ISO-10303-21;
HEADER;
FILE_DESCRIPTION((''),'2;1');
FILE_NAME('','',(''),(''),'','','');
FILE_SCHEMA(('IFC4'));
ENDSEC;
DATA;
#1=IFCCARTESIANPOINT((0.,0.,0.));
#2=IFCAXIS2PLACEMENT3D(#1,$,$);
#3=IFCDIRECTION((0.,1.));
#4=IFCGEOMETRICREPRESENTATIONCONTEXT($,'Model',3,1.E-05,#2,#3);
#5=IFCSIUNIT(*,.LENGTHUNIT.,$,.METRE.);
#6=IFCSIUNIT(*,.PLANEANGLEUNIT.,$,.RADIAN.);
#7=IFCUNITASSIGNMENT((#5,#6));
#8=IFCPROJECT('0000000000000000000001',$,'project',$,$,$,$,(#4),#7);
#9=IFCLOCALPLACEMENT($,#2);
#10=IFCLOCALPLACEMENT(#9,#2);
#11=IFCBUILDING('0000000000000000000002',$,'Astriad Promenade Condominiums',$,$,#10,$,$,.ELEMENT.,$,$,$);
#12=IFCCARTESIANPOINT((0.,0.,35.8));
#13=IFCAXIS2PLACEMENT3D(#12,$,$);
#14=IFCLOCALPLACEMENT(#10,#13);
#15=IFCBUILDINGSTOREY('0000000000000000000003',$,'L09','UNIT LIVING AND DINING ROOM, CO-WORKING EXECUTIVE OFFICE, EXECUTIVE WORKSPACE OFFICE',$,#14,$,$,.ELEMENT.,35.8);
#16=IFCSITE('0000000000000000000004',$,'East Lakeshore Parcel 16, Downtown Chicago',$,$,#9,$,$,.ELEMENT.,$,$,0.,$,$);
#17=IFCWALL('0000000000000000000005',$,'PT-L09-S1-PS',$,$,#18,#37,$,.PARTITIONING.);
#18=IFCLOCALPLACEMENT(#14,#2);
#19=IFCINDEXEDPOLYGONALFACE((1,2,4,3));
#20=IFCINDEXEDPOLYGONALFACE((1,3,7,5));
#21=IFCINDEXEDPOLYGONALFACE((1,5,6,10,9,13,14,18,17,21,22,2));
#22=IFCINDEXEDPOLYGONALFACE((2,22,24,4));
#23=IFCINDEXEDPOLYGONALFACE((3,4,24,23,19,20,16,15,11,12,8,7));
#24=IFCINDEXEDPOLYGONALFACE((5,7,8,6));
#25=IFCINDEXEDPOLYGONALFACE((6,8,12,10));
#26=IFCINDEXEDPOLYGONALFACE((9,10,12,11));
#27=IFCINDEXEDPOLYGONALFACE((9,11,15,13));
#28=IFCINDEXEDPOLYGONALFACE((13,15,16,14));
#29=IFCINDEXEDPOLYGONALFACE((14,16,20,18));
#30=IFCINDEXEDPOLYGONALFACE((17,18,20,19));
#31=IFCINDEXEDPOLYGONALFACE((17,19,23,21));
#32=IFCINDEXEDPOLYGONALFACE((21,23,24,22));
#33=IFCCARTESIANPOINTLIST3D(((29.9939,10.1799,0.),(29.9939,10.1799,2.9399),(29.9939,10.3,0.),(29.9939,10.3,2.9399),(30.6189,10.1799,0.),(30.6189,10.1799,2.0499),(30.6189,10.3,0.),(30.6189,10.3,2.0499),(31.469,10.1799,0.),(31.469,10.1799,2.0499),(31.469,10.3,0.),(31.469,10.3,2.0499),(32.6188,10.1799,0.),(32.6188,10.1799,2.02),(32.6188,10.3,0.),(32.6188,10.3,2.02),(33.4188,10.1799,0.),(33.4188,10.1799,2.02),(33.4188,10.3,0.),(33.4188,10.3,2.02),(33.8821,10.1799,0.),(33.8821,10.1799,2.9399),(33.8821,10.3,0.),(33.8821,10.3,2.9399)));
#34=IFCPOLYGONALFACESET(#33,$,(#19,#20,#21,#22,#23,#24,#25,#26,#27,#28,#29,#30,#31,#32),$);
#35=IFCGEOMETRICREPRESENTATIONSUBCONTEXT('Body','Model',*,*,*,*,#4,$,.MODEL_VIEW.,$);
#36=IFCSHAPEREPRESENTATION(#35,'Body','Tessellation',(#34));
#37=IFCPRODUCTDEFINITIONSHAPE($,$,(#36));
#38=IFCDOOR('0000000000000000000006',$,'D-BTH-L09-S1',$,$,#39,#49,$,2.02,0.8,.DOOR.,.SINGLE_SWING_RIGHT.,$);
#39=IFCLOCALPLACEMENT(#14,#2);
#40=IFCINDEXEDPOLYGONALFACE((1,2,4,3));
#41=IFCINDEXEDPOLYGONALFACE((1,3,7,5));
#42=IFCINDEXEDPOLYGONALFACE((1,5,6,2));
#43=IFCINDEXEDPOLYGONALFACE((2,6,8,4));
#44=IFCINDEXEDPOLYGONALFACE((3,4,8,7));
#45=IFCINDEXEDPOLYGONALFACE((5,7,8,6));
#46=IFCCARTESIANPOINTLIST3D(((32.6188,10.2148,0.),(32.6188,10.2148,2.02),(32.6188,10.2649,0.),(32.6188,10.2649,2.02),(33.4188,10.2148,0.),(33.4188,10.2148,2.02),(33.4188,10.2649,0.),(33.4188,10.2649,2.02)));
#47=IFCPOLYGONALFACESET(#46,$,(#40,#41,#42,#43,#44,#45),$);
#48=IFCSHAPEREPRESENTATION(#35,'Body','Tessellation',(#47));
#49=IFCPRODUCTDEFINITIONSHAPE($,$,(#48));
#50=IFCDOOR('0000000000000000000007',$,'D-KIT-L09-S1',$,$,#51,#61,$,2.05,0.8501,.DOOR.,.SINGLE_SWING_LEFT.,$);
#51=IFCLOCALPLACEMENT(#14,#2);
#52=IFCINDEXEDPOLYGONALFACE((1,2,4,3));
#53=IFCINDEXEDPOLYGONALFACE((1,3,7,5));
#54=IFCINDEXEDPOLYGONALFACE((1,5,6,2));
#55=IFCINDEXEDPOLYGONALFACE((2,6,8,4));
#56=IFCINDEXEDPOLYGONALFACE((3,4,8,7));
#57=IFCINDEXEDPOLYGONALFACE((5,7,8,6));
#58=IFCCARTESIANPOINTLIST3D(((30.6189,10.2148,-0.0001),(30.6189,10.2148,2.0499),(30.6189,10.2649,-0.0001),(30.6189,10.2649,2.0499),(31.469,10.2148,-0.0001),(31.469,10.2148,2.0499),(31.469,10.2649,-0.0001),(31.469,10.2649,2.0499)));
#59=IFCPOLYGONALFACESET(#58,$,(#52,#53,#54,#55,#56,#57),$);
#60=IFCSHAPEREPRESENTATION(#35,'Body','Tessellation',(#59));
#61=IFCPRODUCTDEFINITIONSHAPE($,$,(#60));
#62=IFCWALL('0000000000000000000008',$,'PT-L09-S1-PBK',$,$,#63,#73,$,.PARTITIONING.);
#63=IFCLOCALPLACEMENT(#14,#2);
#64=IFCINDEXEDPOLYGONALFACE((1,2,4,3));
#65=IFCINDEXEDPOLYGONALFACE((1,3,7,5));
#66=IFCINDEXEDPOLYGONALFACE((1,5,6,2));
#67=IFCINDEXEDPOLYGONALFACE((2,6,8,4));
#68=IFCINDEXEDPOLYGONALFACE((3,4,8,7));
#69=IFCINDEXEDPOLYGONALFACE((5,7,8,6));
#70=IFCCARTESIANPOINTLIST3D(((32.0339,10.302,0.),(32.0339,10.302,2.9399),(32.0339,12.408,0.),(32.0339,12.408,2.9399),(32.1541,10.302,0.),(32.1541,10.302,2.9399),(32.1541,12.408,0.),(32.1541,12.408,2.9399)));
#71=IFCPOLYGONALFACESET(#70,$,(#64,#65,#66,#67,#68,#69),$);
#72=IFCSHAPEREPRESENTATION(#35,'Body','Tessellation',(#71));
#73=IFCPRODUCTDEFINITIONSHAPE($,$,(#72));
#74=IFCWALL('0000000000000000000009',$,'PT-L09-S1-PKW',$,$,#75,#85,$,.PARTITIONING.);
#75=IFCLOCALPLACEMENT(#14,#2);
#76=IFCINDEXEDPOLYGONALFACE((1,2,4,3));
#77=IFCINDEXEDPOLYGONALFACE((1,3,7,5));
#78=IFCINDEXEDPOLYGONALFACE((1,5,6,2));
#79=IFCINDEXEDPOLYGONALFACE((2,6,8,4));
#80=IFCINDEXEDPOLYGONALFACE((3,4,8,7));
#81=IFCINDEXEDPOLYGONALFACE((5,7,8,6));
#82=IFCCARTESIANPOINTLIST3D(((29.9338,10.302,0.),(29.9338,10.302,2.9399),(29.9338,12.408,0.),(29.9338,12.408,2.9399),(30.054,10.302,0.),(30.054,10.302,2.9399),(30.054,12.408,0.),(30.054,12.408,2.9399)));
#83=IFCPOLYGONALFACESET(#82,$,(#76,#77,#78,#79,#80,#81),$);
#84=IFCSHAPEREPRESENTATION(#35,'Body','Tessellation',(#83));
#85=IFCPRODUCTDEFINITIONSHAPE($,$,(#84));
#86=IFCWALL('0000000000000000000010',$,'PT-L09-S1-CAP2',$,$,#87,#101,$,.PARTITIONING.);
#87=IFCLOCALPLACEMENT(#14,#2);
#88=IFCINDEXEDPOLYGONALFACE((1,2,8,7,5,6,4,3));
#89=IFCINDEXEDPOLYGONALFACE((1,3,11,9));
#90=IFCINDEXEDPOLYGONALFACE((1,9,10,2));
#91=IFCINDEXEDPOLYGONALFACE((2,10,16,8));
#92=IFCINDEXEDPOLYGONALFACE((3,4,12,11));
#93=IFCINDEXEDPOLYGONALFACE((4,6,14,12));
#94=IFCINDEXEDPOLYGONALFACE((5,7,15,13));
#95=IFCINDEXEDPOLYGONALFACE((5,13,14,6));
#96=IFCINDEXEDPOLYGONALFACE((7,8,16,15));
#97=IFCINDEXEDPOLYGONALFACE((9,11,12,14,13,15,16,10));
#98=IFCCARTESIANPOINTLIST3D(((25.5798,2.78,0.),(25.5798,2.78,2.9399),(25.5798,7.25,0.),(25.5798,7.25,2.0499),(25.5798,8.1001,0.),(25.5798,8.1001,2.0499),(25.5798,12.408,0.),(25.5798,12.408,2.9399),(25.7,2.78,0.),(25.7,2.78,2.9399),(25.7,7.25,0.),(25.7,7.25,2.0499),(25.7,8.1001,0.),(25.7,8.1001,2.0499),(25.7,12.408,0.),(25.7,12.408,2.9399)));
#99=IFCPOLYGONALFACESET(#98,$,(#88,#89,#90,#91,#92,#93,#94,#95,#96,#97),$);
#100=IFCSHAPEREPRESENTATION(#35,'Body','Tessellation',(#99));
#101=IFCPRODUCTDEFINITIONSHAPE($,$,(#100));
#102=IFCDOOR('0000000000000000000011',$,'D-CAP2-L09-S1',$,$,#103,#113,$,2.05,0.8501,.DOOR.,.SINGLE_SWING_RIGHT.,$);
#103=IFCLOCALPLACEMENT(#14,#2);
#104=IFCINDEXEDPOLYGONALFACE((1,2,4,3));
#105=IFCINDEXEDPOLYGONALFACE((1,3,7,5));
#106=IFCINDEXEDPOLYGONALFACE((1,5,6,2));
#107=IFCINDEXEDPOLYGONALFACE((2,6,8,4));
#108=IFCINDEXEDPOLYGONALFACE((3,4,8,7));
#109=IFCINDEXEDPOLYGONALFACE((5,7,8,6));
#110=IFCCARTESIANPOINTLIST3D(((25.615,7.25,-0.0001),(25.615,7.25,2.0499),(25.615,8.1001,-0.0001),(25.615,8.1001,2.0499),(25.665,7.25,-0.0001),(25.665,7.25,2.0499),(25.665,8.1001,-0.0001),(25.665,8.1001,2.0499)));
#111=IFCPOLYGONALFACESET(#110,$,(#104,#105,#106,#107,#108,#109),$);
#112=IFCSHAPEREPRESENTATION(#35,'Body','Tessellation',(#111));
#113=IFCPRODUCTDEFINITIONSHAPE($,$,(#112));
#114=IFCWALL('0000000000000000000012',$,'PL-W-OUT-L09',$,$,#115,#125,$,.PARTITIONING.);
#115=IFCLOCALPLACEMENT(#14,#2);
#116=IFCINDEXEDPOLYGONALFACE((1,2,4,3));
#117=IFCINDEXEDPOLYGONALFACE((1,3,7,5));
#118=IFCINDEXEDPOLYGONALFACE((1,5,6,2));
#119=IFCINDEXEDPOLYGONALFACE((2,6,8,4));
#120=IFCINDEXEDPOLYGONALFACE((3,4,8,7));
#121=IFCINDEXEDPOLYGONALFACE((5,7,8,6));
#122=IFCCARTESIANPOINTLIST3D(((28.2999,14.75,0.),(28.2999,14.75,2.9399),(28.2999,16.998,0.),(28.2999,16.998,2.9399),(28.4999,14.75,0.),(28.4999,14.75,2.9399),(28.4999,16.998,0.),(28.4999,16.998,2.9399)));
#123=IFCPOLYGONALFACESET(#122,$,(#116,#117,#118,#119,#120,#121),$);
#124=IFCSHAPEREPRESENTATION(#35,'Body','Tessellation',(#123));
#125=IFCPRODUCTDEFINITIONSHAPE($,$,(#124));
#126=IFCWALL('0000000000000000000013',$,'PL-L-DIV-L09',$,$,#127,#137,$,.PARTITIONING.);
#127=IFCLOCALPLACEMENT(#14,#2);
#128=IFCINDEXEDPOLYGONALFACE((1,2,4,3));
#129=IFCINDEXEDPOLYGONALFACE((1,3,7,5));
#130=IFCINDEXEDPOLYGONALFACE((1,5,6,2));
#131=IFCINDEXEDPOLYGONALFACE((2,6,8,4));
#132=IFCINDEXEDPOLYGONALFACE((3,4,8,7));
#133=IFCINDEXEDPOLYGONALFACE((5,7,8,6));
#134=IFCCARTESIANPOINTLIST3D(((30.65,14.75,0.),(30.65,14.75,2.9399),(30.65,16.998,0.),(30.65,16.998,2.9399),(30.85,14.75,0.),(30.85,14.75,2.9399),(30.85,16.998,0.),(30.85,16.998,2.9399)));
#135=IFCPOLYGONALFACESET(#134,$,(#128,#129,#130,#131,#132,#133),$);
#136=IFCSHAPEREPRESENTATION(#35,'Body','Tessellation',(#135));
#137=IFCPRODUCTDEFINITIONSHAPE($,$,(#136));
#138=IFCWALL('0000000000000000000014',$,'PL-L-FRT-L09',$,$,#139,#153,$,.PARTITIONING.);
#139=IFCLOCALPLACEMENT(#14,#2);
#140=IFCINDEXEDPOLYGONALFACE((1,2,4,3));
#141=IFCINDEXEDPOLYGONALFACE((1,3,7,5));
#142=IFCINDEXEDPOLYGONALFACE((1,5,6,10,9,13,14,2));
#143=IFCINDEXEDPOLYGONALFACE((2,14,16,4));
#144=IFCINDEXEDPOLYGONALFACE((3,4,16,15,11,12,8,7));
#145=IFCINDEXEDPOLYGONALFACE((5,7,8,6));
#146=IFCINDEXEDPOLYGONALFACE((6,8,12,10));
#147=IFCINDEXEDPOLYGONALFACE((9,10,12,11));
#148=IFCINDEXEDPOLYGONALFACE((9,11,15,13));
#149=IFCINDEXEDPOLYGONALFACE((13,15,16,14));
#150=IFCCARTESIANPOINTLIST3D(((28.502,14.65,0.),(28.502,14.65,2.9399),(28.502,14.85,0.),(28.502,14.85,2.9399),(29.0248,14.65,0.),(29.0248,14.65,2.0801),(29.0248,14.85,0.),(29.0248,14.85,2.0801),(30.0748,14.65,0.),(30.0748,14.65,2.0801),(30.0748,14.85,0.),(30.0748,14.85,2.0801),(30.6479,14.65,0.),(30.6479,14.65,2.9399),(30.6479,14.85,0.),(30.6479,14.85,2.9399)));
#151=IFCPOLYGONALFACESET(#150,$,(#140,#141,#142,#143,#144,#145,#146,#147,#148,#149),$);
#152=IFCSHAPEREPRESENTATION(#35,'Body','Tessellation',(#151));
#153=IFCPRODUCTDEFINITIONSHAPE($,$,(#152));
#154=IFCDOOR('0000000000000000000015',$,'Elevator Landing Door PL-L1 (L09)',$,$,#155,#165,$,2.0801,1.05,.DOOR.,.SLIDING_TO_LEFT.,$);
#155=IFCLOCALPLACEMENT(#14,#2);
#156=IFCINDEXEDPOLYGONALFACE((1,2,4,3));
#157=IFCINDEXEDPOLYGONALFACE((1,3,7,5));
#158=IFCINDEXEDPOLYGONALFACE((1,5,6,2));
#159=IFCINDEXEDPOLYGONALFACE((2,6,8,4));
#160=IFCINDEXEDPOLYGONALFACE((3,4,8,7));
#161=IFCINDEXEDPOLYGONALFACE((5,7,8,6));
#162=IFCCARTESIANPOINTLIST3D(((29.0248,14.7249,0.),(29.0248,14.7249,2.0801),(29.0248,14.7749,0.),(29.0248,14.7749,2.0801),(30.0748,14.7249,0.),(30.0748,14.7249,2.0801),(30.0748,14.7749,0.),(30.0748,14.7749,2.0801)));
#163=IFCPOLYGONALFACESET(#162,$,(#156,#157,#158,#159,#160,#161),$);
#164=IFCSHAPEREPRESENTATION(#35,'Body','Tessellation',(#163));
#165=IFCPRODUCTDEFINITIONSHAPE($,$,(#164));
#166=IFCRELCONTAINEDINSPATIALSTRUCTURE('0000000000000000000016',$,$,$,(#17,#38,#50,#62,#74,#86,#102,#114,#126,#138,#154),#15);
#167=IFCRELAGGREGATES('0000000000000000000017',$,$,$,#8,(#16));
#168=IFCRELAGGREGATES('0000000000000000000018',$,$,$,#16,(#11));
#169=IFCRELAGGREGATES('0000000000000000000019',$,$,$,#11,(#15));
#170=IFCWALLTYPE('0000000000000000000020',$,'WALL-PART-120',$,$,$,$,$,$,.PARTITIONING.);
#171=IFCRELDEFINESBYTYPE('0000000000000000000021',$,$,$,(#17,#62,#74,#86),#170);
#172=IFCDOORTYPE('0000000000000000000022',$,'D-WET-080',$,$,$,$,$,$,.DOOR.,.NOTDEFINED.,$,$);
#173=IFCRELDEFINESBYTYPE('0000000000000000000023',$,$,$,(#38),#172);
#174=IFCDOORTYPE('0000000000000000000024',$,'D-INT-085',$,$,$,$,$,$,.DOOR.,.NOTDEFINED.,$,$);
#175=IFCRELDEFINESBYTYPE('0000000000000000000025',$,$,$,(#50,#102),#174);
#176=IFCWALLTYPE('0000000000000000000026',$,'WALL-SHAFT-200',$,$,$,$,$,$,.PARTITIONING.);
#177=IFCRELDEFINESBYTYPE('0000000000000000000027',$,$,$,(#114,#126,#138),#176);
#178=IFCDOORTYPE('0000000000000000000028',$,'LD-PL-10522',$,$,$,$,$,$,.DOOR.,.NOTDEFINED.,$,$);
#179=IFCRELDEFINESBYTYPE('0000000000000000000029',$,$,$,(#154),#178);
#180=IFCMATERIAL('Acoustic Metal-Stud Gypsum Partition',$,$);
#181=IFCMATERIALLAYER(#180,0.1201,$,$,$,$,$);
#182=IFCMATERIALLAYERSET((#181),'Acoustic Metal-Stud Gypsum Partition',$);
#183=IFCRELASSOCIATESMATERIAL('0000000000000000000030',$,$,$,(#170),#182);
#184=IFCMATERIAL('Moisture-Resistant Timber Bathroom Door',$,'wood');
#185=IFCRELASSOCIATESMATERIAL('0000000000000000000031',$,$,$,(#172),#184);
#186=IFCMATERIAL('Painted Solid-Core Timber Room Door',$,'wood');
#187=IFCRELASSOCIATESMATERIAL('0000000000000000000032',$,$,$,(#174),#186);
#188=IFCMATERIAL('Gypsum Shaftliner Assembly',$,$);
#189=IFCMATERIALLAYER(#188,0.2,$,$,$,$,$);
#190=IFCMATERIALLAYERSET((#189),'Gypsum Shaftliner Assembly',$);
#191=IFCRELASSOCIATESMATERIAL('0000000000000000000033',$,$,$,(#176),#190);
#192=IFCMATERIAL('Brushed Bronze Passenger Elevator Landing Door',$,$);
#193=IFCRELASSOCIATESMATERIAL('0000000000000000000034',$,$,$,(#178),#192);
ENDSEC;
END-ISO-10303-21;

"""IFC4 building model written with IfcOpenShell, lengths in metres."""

from ifc_helpers import new_model, si_unit, direction, frame, frame_2d, origin, place, context, subcontext, project, spatial, rectangle, extrude, source, transform, mapped, material, layer, layer_set, type_object, type_shapes, element, fill, save


model = new_model("IFC4")

# Units and contexts
model_context = context("Model", 3, precision=1e-05, world=origin(), true_north=direction((0.0, 1.0)))
body_context = subcontext(model_context, "Body", "Model", "MODEL_VIEW")
ifc_project = project(units=[si_unit("LENGTHUNIT", "METRE"), si_unit("PLANEANGLEUNIT", "RADIAN")], contexts=[model_context])

# Site, building, storey
site_placement = place(None, origin())
site = spatial("IfcSite", under=ifc_project, at=site_placement, Name="East Lakeshore Parcel 16, Downtown Chicago", CompositionType="ELEMENT", RefElevation=0.0)
building_placement = place(site_placement, origin())
building = spatial("IfcBuilding", under=site, at=building_placement, Name="Astriad Promenade Condominiums", CompositionType="ELEMENT")
storey_placement = place(building_placement, frame((0.0, 0.0, 35.8)))
storey = spatial("IfcBuildingStorey", under=building, at=storey_placement, Name="L09", Description="UNIT LIVING AND DINING ROOM, CO-WORKING EXECUTIVE OFFICE, EXECUTIVE WORKSPACE OFFICE", CompositionType="ELEMENT", Elevation=35.8)

# Wall, openings, doors
ifc_material_1 = material(Name="Acoustic Metal-Stud Gypsum Partition")
ifc_layer_1 = layer(ifc_material_1, 0.1201)
ifc_layer_set_1 = layer_set([ifc_layer_1], Name="Acoustic Metal-Stud Gypsum Partition")
wall_type_1 = type_object("IfcWallType", Name="WALL-PART-120", PredefinedType="PARTITIONING", material=ifc_layer_set_1)
wall_1_placement = place(storey_placement, frame((29.9939, 10.24, 0.0), z_axis=(0.0, 0.0, 1.0), x_axis=(1.0, 0.0, 0.0)))
wall_1 = element("IfcWall", 1, at=wall_1_placement, inside=storey, type_object=wall_type_1, Name="PT-L09-S1-PS", PredefinedType="PARTITIONING", context=body_context, shape_type="SweptSolid", body=[
    extrude(rectangle(XDim=3.8882, YDim=0.1201, at=frame_2d((1.9441, 0.0))), origin(), (0.0, 0.0, 1.0), 2.9399),
])
opening_1_placement = place(wall_1_placement, frame((0.625, 0.0, 0.0)))
opening_1 = element("IfcOpeningElement", 2, at=opening_1_placement, cuts=wall_1, PredefinedType="OPENING", context=body_context, shape_type="SweptSolid", body=[
    extrude(rectangle(XDim=0.8501, YDim=2.05, at=frame_2d((0.425, 1.0249))), frame((0.0, 0.0701, 0.0), z_axis=(0.0, -1.0, 0.0), x_axis=(1.0, 0.0, 0.0)), (0.0, 0.0, 1.0), 0.1401),
])
opening_2_placement = place(wall_1_placement, frame((2.625, 0.0, 0.0)))
opening_2 = element("IfcOpeningElement", 3, at=opening_2_placement, cuts=wall_1, PredefinedType="OPENING", context=body_context, shape_type="SweptSolid", body=[
    extrude(rectangle(XDim=0.8, YDim=2.02, at=frame_2d((0.3999, 1.01))), frame((0.0, 0.0701, 0.0), z_axis=(0.0, -1.0, 0.0), x_axis=(1.0, 0.0, 0.0)), (0.0, 0.0, 1.0), 0.1401),
])
ifc_material_2 = material(Name="Moisture-Resistant Timber Bathroom Door", Category="wood")
door_type_1 = type_object("IfcDoorType", Name="D-WET-080", OperationType="NOTDEFINED", PredefinedType="DOOR", material=ifc_material_2)
shared_shape_1 = source(origin(), body_context, "Body", "SweptSolid", [
    extrude(rectangle(XDim=0.8, YDim=2.02, at=frame_2d((0.3999, 1.01))), frame((0.0, 0.0249, 0.0), z_axis=(0.0, -1.0, 0.0), x_axis=(1.0, 0.0, 0.0)), (0.0, 0.0, 1.0), 0.05),
])
type_shapes(door_type_1, [shared_shape_1])
door_1_placement = place(opening_2_placement, origin())
door_1 = element("IfcDoor", 4, at=door_1_placement, inside=storey, type_object=door_type_1, Name="D-BTH-L09-S1", OperationType="SINGLE_SWING_RIGHT", OverallHeight=2.02, OverallWidth=0.8, PredefinedType="DOOR", context=body_context, shape_type="MappedRepresentation", body=[
    mapped(shared_shape_1, transform((0.0, 0.0, 0.0), scale=1.0)),
])
fill(opening_2, door_1)
ifc_material_3 = material(Name="Painted Solid-Core Timber Room Door", Category="wood")
door_type_2 = type_object("IfcDoorType", Name="D-INT-085", OperationType="NOTDEFINED", PredefinedType="DOOR", material=ifc_material_3)
shared_shape_2 = source(origin(), body_context, "Body", "SweptSolid", [
    extrude(rectangle(XDim=0.8501, YDim=2.05, at=frame_2d((0.425, 1.0249))), frame((0.0, 0.0249, 0.0), z_axis=(0.0, -1.0, 0.0), x_axis=(1.0, 0.0, 0.0)), (0.0, 0.0, 1.0), 0.05),
])
type_shapes(door_type_2, [shared_shape_2])
door_2_placement = place(opening_1_placement, origin())
door_2 = element("IfcDoor", 5, at=door_2_placement, inside=storey, type_object=door_type_2, Name="D-KIT-L09-S1", OperationType="SINGLE_SWING_LEFT", OverallHeight=2.05, OverallWidth=0.8501, PredefinedType="DOOR", context=body_context, shape_type="MappedRepresentation", body=[
    mapped(shared_shape_2, transform((0.0, 0.0, 0.0), scale=1.0)),
])
fill(opening_1, door_2)

# Walls
for number, where, z_axis, x_axis, name in (
    (6, (32.094, 10.302, 0.0), (0.0, 0.0, 1.0), (0.0, 1.0, 0.0), "PT-L09-S1-PBK"),
    (7, (29.9939, 10.302, 0.0), (0.0, 0.0, 1.0), (0.0, 1.0, 0.0), "PT-L09-S1-PKW"),
):
    element("IfcWall", number, at=place(storey_placement, frame(where, z_axis=z_axis, x_axis=x_axis)), inside=storey, type_object=wall_type_1, Name=name, PredefinedType="PARTITIONING", context=body_context, shape_type="SweptSolid", body=[
        extrude(rectangle(XDim=2.106, YDim=0.1201, at=frame_2d((1.053, 0.0))), origin(), (0.0, 0.0, 1.0), 2.9399),
    ])

# Wall, opening, door
wall_2_placement = place(storey_placement, frame((25.6399, 2.78, 0.0), z_axis=(0.0, 0.0, 1.0), x_axis=(0.0, 1.0, 0.0)))
wall_2 = element("IfcWall", 8, at=wall_2_placement, inside=storey, type_object=wall_type_1, Name="PT-L09-S1-CAP2", PredefinedType="PARTITIONING", context=body_context, shape_type="SweptSolid", body=[
    extrude(rectangle(XDim=9.6279, YDim=0.1201, at=frame_2d((4.814, 0.0))), origin(), (0.0, 0.0, 1.0), 2.9399),
])
opening_3_placement = place(wall_2_placement, frame((4.47, 0.0, 0.0)))
opening_3 = element("IfcOpeningElement", 9, at=opening_3_placement, cuts=wall_2, PredefinedType="OPENING", context=body_context, shape_type="SweptSolid", body=[
    extrude(rectangle(XDim=0.8501, YDim=2.05, at=frame_2d((0.425, 1.0249))), frame((0.0, 0.0701, 0.0), z_axis=(0.0, -1.0, 0.0), x_axis=(1.0, 0.0, 0.0)), (0.0, 0.0, 1.0), 0.1401),
])
door_3_placement = place(opening_3_placement, origin())
door_3 = element("IfcDoor", 10, at=door_3_placement, inside=storey, type_object=door_type_2, Name="D-CAP2-L09-S1", OperationType="SINGLE_SWING_RIGHT", OverallHeight=2.05, OverallWidth=0.8501, PredefinedType="DOOR", context=body_context, shape_type="MappedRepresentation", body=[
    mapped(shared_shape_2, transform((0.0, 0.0, 0.0), scale=1.0)),
])
fill(opening_3, door_3)

# Walls
ifc_material_4 = material(Name="Gypsum Shaftliner Assembly")
ifc_layer_2 = layer(ifc_material_4, 0.2)
ifc_layer_set_2 = layer_set([ifc_layer_2], Name="Gypsum Shaftliner Assembly")
wall_type_2 = type_object("IfcWallType", Name="WALL-SHAFT-200", PredefinedType="PARTITIONING", material=ifc_layer_set_2)
for number, where, z_axis, x_axis, name in (
    (11, (28.3999, 14.75, 0.0), (0.0, 0.0, 1.0), (0.0, 1.0, 0.0), "PL-W-OUT-L09"),
    (12, (30.75, 14.75, 0.0), (0.0, 0.0, 1.0), (0.0, 1.0, 0.0), "PL-L-DIV-L09"),
):
    element("IfcWall", number, at=place(storey_placement, frame(where, z_axis=z_axis, x_axis=x_axis)), inside=storey, type_object=wall_type_2, Name=name, PredefinedType="PARTITIONING", context=body_context, shape_type="SweptSolid", body=[
        extrude(rectangle(XDim=2.248, YDim=0.2, at=frame_2d((1.124, 0.0))), origin(), (0.0, 0.0, 1.0), 2.9399),
    ])

# Wall, opening, door
wall_3_placement = place(storey_placement, frame((28.502, 14.75, 0.0), z_axis=(0.0, 0.0, 1.0), x_axis=(1.0, 0.0, 0.0)))
wall_3 = element("IfcWall", 13, at=wall_3_placement, inside=storey, type_object=wall_type_2, Name="PL-L-FRT-L09", PredefinedType="PARTITIONING", context=body_context, shape_type="SweptSolid", body=[
    extrude(rectangle(XDim=2.146, YDim=0.2, at=frame_2d((1.073, 0.0))), origin(), (0.0, 0.0, 1.0), 2.9399),
])
opening_4_placement = place(wall_3_placement, frame((0.5229, 0.0, 0.0)))
opening_4 = element("IfcOpeningElement", 14, at=opening_4_placement, cuts=wall_3, PredefinedType="OPENING", context=body_context, shape_type="SweptSolid", body=[
    extrude(rectangle(XDim=1.05, YDim=2.0801, at=frame_2d((0.5249, 1.04))), frame((0.0, 0.1099, 0.0), z_axis=(0.0, -1.0, 0.0), x_axis=(1.0, 0.0, 0.0)), (0.0, 0.0, 1.0), 0.22),
])
ifc_material_5 = material(Name="Brushed Bronze Passenger Elevator Landing Door")
door_type_3 = type_object("IfcDoorType", Name="LD-PL-10522", OperationType="NOTDEFINED", PredefinedType="DOOR", material=ifc_material_5)
shared_shape_3 = source(origin(), body_context, "Body", "SweptSolid", [
    extrude(rectangle(XDim=1.05, YDim=2.0801, at=frame_2d((0.5249, 1.04))), frame((0.0, 0.0249, 0.0), z_axis=(0.0, -1.0, 0.0), x_axis=(1.0, 0.0, 0.0)), (0.0, 0.0, 1.0), 0.05),
])
type_shapes(door_type_3, [shared_shape_3])
door_4_placement = place(opening_4_placement, origin())
door_4 = element("IfcDoor", 15, at=door_4_placement, inside=storey, type_object=door_type_3, Name="Elevator Landing Door PL-L1 (L09)", OperationType="SLIDING_TO_LEFT", OverallHeight=2.0801, OverallWidth=1.05, PredefinedType="DOOR", context=body_context, shape_type="MappedRepresentation", body=[
    mapped(shared_shape_3, transform((0.0, 0.0, 0.0), scale=1.0)),
])
fill(opening_4, door_4)

save(model, "model.ifc")
